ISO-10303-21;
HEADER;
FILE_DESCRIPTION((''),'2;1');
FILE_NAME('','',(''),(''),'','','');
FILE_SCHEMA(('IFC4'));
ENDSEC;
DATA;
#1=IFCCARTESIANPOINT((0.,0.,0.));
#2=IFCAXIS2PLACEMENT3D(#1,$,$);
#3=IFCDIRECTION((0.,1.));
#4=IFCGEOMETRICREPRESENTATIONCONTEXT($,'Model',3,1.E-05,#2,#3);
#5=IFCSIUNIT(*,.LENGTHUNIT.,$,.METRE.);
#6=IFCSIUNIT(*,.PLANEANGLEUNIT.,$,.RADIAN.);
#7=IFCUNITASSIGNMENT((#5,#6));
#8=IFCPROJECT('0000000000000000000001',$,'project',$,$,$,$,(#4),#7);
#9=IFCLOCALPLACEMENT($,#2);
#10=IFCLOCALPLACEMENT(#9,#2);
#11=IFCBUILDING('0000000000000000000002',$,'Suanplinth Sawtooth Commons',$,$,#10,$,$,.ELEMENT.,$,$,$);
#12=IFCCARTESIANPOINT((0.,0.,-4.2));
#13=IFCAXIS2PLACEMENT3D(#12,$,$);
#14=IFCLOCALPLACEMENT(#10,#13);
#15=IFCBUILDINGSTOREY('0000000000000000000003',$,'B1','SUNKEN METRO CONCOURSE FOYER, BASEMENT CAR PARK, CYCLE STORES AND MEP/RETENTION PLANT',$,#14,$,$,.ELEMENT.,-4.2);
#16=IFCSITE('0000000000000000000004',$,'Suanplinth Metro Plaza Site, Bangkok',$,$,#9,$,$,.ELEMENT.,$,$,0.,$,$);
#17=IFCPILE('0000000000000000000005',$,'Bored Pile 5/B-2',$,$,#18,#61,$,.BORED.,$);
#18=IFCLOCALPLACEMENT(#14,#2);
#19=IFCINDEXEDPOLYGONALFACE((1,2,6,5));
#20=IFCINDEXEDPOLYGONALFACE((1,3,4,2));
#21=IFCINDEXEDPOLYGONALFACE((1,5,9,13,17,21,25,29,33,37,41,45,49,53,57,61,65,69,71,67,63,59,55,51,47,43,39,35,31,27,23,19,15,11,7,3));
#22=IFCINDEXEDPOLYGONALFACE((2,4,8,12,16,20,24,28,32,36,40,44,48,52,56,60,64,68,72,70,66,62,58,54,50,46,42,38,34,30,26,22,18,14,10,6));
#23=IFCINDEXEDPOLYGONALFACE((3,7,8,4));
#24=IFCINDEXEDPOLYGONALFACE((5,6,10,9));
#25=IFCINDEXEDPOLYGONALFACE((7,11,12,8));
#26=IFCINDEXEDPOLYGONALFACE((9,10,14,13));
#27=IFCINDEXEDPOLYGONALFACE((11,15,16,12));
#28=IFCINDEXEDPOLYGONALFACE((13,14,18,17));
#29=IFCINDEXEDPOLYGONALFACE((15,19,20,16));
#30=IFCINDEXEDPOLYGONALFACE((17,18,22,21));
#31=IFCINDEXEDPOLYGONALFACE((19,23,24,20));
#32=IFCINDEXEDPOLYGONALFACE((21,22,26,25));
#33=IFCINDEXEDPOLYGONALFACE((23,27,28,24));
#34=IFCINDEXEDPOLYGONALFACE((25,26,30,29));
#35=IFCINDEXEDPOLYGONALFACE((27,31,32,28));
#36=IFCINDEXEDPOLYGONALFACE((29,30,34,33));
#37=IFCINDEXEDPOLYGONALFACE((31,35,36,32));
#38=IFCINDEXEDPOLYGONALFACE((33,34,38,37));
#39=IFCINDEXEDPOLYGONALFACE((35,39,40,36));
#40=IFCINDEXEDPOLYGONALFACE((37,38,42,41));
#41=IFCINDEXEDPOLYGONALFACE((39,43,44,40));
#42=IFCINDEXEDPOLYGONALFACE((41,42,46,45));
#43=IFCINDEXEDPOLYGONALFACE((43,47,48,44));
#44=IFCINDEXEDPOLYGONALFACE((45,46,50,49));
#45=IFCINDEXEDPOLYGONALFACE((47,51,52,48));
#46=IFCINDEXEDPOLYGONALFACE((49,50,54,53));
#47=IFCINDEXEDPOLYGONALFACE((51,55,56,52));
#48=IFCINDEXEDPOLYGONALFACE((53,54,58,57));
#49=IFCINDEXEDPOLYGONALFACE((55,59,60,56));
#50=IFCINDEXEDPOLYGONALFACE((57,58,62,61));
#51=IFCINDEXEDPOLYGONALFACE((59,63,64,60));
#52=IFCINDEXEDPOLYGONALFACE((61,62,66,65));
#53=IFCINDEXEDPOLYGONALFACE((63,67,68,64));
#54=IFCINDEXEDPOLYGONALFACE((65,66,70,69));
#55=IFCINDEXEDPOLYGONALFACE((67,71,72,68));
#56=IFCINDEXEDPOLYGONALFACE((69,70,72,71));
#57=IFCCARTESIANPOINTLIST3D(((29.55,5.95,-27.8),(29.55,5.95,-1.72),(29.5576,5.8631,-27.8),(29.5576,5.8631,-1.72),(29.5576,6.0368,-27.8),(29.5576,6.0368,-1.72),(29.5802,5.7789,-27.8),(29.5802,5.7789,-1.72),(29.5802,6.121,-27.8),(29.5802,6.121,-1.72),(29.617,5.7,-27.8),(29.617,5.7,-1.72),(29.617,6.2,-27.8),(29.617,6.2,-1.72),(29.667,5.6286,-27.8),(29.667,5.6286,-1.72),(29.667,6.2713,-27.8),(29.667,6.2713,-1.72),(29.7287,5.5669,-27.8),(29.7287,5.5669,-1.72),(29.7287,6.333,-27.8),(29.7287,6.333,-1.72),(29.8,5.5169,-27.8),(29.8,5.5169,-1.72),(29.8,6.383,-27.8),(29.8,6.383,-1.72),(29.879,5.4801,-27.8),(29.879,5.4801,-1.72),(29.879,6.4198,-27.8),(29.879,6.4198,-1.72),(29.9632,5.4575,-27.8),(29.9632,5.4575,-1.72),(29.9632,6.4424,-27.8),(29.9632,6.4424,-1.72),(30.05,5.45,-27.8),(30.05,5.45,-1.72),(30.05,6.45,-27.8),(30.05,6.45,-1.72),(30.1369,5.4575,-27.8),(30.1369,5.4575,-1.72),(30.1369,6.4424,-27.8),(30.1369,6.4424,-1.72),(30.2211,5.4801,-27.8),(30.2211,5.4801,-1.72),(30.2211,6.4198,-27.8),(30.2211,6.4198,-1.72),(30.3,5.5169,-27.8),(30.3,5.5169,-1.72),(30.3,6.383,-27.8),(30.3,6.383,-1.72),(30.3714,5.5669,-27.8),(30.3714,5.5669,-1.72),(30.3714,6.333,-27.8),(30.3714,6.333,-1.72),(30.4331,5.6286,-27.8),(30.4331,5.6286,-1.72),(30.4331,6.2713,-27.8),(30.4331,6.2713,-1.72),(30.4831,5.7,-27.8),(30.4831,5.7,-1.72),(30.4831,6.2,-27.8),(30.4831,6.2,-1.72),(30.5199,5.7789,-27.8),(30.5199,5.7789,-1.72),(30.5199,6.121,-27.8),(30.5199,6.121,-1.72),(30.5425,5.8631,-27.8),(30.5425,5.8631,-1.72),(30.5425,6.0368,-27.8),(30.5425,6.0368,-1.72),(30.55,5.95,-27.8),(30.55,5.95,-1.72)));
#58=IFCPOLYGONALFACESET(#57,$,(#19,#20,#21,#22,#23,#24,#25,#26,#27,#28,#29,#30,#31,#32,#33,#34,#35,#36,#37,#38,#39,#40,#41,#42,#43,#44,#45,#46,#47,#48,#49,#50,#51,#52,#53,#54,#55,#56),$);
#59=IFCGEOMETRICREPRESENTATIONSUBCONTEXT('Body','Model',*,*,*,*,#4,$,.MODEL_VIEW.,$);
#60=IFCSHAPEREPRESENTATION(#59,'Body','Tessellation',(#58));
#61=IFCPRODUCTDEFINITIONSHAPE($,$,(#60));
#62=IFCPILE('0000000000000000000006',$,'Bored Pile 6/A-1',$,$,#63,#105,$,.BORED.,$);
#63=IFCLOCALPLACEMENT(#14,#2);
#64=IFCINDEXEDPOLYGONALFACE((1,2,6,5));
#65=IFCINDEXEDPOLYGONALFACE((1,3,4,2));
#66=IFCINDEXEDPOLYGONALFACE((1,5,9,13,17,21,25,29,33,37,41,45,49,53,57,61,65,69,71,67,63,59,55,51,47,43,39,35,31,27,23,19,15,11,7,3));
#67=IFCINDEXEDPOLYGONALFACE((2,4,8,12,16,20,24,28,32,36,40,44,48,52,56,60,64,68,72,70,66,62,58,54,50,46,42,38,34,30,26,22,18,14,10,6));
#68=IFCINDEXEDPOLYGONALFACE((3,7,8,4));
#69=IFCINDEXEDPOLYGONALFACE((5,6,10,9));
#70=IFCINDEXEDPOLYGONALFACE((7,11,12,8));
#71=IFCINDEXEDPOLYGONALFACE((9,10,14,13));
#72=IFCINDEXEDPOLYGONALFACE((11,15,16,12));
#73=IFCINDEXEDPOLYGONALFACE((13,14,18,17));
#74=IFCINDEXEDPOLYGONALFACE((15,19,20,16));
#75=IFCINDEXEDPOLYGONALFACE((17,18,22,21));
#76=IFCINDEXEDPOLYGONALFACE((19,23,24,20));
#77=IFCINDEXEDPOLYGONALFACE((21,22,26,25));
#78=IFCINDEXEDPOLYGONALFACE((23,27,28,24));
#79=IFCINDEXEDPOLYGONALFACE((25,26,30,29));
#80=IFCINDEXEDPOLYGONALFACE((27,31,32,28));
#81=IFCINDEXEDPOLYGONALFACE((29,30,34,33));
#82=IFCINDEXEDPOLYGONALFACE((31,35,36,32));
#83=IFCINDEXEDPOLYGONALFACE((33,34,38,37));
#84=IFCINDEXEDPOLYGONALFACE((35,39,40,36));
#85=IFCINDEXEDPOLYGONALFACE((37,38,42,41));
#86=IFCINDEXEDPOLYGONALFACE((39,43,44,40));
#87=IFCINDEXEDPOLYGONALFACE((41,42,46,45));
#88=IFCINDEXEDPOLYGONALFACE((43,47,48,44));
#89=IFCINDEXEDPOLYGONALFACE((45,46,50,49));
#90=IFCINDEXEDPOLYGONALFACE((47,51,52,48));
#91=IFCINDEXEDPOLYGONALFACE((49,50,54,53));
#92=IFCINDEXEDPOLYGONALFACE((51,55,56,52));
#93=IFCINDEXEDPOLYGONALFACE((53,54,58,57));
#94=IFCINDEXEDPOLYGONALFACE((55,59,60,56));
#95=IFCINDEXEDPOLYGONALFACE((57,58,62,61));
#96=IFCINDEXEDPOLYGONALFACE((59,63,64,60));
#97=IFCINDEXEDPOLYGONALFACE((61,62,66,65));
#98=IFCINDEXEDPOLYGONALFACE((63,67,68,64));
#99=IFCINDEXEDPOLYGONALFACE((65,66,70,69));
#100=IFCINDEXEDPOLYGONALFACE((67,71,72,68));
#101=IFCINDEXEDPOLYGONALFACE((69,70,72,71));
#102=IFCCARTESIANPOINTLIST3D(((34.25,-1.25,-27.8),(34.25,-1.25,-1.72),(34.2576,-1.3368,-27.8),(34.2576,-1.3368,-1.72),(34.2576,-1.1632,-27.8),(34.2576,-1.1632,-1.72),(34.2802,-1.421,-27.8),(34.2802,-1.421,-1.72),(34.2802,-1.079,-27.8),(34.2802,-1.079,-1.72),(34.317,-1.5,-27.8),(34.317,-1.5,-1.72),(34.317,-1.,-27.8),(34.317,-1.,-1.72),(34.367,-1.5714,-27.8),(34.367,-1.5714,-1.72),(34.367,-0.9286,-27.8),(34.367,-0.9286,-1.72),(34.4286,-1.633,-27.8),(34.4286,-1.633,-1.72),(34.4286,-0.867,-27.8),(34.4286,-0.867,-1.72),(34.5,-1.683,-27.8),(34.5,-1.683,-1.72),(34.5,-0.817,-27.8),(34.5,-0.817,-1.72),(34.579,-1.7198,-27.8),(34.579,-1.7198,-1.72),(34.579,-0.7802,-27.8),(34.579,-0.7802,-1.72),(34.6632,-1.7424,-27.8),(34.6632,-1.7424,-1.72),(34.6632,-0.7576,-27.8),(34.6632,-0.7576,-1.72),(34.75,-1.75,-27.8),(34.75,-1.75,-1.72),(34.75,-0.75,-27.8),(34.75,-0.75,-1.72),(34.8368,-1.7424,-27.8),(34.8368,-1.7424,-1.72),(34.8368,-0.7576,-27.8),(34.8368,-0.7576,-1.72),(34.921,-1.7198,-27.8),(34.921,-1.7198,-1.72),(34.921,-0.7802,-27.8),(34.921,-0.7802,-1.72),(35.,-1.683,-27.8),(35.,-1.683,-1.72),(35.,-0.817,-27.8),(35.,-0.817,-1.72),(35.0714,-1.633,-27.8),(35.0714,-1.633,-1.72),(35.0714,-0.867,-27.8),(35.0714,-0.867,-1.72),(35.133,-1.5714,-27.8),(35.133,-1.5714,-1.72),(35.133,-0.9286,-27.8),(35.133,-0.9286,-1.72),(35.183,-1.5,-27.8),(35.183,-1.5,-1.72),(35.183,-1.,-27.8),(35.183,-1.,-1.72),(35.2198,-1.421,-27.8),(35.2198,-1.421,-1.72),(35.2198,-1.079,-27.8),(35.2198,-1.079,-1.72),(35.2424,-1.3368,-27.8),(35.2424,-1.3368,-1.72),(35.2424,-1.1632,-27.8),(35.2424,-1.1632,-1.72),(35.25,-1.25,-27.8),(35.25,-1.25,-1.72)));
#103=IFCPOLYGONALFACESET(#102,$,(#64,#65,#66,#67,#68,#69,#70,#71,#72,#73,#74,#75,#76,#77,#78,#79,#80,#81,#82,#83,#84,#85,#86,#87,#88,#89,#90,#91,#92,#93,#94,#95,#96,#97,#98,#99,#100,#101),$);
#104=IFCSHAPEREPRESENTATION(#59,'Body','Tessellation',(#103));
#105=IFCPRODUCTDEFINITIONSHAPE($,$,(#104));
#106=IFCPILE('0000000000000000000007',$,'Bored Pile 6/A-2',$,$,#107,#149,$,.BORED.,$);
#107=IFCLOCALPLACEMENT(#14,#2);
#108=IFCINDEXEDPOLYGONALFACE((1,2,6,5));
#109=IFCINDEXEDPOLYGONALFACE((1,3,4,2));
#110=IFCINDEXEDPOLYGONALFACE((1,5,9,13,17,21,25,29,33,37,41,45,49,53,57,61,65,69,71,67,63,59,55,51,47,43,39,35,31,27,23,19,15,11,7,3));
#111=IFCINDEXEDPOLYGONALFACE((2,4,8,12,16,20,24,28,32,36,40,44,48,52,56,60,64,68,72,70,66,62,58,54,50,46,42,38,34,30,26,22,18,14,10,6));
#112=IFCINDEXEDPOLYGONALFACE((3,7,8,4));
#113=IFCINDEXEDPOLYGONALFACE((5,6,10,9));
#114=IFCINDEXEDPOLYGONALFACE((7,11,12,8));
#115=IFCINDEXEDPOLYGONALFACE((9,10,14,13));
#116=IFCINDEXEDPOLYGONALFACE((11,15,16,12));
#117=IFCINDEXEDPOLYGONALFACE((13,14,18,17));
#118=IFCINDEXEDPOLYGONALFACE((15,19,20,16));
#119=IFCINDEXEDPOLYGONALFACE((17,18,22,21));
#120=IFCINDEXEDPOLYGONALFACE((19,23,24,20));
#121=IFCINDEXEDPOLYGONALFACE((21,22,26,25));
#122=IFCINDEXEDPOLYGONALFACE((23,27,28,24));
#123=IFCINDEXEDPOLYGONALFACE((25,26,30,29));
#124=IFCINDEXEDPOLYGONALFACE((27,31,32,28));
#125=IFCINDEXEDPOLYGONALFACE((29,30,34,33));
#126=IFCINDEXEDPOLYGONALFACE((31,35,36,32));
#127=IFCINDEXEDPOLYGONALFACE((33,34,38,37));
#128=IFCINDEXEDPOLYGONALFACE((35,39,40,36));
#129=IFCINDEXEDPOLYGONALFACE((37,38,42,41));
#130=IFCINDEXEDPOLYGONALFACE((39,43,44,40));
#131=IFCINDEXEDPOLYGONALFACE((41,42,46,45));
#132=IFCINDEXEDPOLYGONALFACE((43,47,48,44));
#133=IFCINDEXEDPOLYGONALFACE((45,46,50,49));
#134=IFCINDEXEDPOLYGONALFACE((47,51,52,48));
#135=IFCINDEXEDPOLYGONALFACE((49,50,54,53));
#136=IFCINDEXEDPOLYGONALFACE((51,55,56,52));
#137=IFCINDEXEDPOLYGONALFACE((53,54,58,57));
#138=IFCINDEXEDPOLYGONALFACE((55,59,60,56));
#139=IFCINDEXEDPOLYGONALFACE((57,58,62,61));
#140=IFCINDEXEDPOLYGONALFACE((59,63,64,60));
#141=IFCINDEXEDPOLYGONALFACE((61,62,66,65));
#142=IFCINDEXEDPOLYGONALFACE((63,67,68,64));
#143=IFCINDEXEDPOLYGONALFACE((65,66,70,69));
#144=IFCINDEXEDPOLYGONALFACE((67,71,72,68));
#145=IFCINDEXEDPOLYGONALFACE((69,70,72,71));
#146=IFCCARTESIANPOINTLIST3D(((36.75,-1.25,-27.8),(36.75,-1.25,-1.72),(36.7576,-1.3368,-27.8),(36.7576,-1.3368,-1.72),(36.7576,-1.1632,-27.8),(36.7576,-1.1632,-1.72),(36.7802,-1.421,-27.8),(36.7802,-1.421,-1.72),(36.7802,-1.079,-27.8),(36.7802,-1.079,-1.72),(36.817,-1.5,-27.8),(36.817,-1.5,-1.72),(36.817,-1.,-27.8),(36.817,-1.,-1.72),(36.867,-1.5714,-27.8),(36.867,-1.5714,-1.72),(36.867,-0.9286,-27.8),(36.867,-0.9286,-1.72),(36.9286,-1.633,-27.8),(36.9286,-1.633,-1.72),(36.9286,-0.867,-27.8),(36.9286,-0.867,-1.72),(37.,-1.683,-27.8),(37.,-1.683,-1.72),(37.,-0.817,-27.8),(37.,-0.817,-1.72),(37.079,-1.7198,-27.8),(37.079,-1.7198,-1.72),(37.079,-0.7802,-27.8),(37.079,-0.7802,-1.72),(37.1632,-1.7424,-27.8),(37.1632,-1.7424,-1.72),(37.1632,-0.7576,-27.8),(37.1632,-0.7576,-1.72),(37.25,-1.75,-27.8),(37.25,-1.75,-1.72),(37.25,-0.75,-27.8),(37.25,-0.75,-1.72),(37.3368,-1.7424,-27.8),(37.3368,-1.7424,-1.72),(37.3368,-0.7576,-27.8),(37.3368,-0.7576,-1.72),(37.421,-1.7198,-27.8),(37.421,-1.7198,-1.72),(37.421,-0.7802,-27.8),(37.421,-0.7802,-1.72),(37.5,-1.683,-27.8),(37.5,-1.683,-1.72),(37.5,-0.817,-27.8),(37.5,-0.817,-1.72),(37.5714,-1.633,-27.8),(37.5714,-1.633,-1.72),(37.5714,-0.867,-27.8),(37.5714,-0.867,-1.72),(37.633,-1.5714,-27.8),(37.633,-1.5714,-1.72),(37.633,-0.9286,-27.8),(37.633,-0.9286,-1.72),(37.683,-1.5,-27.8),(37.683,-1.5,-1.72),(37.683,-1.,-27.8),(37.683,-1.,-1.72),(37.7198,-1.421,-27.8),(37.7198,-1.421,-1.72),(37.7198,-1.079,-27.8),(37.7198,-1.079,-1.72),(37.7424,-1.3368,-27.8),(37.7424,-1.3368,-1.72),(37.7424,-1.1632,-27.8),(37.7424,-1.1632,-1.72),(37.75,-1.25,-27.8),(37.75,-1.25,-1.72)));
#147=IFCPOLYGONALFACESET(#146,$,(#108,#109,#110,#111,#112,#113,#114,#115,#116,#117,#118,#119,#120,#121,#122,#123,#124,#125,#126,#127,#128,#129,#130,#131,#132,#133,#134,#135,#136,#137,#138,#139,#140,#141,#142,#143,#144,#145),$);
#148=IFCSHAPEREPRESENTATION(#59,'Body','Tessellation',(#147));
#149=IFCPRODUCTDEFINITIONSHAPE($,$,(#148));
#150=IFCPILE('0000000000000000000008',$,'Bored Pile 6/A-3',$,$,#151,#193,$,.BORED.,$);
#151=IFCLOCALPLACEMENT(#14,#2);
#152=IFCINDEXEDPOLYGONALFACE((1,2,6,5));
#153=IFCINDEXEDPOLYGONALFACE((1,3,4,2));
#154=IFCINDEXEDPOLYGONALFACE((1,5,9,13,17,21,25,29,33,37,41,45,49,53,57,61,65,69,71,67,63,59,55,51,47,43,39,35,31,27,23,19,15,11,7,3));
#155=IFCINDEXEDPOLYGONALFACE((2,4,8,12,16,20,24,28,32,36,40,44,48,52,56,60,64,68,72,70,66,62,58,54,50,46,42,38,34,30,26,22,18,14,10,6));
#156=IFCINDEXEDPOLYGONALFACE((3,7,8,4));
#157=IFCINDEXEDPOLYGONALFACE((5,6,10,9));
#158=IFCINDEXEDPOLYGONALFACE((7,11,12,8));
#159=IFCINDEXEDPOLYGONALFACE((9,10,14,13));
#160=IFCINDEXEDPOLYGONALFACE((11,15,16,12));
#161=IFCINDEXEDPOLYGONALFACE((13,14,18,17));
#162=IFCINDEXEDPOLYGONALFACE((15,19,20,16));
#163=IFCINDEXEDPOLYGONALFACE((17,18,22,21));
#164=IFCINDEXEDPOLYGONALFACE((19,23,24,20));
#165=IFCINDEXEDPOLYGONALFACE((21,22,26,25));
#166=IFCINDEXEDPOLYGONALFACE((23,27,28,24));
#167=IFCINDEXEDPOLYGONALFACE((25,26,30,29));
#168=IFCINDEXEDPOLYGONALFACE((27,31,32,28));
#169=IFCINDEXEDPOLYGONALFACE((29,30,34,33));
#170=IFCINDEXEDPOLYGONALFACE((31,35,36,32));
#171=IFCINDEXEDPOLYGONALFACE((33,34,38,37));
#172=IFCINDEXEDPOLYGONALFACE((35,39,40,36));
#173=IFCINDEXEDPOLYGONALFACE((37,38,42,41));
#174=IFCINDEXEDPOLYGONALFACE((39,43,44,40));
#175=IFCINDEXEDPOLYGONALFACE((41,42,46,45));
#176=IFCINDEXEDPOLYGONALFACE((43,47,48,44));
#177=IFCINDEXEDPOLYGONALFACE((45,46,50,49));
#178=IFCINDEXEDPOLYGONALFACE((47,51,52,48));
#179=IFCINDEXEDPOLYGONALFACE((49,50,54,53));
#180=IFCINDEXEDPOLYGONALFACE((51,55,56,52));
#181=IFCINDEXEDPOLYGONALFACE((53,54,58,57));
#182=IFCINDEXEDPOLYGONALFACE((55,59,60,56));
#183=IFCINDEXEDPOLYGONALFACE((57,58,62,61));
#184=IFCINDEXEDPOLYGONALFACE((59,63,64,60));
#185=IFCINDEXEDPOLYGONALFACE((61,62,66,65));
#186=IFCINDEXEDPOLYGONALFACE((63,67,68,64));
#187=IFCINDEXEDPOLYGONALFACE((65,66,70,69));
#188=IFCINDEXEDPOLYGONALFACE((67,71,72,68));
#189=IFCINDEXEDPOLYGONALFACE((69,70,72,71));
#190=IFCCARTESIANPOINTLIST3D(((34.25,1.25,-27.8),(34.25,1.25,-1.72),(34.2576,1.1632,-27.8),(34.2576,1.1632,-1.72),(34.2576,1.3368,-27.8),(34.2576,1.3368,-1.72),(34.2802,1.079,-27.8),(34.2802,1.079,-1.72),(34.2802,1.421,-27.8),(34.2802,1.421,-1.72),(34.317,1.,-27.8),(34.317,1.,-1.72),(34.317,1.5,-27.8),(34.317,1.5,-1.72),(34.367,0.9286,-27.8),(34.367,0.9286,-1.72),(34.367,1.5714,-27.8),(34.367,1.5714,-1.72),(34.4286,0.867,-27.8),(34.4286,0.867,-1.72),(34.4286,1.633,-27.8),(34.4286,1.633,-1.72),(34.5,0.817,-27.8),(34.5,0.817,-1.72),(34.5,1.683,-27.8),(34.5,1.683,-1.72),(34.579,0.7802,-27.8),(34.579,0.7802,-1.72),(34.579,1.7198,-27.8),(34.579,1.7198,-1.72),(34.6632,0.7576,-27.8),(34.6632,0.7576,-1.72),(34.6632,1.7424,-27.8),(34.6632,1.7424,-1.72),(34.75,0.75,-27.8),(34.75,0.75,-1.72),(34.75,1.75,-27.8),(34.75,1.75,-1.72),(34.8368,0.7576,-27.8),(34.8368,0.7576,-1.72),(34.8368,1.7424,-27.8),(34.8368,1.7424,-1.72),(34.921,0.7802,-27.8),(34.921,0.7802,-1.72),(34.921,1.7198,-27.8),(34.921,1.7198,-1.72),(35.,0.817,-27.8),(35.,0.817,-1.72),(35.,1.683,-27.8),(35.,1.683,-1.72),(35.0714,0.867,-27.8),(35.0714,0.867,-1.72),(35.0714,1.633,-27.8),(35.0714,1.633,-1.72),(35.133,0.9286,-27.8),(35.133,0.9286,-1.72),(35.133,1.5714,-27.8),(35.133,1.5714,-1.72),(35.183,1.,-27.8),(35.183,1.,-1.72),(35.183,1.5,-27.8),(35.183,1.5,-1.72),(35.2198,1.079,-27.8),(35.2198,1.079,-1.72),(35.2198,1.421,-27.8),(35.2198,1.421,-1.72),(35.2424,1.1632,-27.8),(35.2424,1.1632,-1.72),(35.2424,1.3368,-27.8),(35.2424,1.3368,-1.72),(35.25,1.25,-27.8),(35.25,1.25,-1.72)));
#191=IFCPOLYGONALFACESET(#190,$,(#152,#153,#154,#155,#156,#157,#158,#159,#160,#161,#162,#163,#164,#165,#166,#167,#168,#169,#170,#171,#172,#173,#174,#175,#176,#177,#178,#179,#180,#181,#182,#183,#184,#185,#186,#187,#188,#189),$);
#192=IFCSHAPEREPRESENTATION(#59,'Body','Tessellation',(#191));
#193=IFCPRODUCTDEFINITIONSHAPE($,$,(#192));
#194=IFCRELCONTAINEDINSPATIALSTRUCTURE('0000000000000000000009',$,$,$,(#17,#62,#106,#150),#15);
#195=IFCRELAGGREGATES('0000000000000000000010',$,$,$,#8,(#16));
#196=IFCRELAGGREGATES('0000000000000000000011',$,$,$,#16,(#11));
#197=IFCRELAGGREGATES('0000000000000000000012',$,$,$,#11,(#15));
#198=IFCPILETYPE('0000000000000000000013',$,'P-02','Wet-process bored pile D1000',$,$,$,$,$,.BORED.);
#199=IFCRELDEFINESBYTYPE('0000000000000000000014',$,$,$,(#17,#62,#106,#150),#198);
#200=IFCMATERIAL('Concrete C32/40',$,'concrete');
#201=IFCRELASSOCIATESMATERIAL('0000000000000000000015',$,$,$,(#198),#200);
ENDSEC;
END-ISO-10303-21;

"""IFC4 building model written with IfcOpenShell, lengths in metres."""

from ifc_helpers import new_model, si_unit, direction, frame, origin, origin_2d, place, context, subcontext, project, spatial, circle, extrude, material, material_profile, profile_set, type_object, element, save


model = new_model("IFC4")

# Units and contexts
model_context = context("Model", 3, precision=1e-05, world=origin(), true_north=direction((0.0, 1.0)))
body_context = subcontext(model_context, "Body", "Model", "MODEL_VIEW")
ifc_project = project(units=[si_unit("LENGTHUNIT", "METRE"), si_unit("PLANEANGLEUNIT", "RADIAN")], contexts=[model_context])

# Site, building, storey
site_placement = place(None, origin())
site = spatial("IfcSite", under=ifc_project, at=site_placement, Name="Suanplinth Metro Plaza Site, Bangkok", CompositionType="ELEMENT", RefElevation=0.0)
building_placement = place(site_placement, origin())
building = spatial("IfcBuilding", under=site, at=building_placement, Name="Suanplinth Sawtooth Commons", CompositionType="ELEMENT")
storey_placement = place(building_placement, frame((0.0, 0.0, -4.2)))
storey = spatial("IfcBuildingStorey", under=building, at=storey_placement, Name="B1", Description="SUNKEN METRO CONCOURSE FOYER, BASEMENT CAR PARK, CYCLE STORES AND MEP/RETENTION PLANT", CompositionType="ELEMENT", Elevation=-4.2)

# Piles
ifc_material_1 = material(Name="Concrete C32/40", Category="concrete")
ifc_material_profile_1 = material_profile(ifc_material_1, circle(Radius=0.5, at=origin_2d()), Name="PILE D1000")
ifc_profile_set_1 = profile_set([ifc_material_profile_1], Name="Concrete C32/40")
pile_type = type_object("IfcPileType", Name="P-02", Description="Wet-process bored pile D1000", PredefinedType="BORED", material=ifc_profile_set_1)
for number, where, z_axis, x_axis, name in (
    (1, (30.05, 5.95, -1.72), (0.0, 0.0, -1.0), (1.0, 0.0, 0.0), "Bored Pile 5/B-2"),
    (2, (34.75, -1.25, -1.72), (0.0, 0.0, -1.0), (1.0, 0.0, 0.0), "Bored Pile 6/A-1"),
    (3, (37.25, -1.25, -1.72), (0.0, 0.0, -1.0), (1.0, 0.0, 0.0), "Bored Pile 6/A-2"),
    (4, (34.75, 1.25, -1.72), (0.0, 0.0, -1.0), (1.0, 0.0, 0.0), "Bored Pile 6/A-3"),
):
    element("IfcPile", number, at=place(storey_placement, frame(where, z_axis=z_axis, x_axis=x_axis)), inside=storey, type_object=pile_type, Name=name, PredefinedType="BORED", context=body_context, shape_type="SweptSolid", body=[
        extrude(circle(Radius=0.5, at=origin_2d()), origin(), (0.0, 0.0, 1.0), 26.0801),
    ])

save(model, "model.ifc")
